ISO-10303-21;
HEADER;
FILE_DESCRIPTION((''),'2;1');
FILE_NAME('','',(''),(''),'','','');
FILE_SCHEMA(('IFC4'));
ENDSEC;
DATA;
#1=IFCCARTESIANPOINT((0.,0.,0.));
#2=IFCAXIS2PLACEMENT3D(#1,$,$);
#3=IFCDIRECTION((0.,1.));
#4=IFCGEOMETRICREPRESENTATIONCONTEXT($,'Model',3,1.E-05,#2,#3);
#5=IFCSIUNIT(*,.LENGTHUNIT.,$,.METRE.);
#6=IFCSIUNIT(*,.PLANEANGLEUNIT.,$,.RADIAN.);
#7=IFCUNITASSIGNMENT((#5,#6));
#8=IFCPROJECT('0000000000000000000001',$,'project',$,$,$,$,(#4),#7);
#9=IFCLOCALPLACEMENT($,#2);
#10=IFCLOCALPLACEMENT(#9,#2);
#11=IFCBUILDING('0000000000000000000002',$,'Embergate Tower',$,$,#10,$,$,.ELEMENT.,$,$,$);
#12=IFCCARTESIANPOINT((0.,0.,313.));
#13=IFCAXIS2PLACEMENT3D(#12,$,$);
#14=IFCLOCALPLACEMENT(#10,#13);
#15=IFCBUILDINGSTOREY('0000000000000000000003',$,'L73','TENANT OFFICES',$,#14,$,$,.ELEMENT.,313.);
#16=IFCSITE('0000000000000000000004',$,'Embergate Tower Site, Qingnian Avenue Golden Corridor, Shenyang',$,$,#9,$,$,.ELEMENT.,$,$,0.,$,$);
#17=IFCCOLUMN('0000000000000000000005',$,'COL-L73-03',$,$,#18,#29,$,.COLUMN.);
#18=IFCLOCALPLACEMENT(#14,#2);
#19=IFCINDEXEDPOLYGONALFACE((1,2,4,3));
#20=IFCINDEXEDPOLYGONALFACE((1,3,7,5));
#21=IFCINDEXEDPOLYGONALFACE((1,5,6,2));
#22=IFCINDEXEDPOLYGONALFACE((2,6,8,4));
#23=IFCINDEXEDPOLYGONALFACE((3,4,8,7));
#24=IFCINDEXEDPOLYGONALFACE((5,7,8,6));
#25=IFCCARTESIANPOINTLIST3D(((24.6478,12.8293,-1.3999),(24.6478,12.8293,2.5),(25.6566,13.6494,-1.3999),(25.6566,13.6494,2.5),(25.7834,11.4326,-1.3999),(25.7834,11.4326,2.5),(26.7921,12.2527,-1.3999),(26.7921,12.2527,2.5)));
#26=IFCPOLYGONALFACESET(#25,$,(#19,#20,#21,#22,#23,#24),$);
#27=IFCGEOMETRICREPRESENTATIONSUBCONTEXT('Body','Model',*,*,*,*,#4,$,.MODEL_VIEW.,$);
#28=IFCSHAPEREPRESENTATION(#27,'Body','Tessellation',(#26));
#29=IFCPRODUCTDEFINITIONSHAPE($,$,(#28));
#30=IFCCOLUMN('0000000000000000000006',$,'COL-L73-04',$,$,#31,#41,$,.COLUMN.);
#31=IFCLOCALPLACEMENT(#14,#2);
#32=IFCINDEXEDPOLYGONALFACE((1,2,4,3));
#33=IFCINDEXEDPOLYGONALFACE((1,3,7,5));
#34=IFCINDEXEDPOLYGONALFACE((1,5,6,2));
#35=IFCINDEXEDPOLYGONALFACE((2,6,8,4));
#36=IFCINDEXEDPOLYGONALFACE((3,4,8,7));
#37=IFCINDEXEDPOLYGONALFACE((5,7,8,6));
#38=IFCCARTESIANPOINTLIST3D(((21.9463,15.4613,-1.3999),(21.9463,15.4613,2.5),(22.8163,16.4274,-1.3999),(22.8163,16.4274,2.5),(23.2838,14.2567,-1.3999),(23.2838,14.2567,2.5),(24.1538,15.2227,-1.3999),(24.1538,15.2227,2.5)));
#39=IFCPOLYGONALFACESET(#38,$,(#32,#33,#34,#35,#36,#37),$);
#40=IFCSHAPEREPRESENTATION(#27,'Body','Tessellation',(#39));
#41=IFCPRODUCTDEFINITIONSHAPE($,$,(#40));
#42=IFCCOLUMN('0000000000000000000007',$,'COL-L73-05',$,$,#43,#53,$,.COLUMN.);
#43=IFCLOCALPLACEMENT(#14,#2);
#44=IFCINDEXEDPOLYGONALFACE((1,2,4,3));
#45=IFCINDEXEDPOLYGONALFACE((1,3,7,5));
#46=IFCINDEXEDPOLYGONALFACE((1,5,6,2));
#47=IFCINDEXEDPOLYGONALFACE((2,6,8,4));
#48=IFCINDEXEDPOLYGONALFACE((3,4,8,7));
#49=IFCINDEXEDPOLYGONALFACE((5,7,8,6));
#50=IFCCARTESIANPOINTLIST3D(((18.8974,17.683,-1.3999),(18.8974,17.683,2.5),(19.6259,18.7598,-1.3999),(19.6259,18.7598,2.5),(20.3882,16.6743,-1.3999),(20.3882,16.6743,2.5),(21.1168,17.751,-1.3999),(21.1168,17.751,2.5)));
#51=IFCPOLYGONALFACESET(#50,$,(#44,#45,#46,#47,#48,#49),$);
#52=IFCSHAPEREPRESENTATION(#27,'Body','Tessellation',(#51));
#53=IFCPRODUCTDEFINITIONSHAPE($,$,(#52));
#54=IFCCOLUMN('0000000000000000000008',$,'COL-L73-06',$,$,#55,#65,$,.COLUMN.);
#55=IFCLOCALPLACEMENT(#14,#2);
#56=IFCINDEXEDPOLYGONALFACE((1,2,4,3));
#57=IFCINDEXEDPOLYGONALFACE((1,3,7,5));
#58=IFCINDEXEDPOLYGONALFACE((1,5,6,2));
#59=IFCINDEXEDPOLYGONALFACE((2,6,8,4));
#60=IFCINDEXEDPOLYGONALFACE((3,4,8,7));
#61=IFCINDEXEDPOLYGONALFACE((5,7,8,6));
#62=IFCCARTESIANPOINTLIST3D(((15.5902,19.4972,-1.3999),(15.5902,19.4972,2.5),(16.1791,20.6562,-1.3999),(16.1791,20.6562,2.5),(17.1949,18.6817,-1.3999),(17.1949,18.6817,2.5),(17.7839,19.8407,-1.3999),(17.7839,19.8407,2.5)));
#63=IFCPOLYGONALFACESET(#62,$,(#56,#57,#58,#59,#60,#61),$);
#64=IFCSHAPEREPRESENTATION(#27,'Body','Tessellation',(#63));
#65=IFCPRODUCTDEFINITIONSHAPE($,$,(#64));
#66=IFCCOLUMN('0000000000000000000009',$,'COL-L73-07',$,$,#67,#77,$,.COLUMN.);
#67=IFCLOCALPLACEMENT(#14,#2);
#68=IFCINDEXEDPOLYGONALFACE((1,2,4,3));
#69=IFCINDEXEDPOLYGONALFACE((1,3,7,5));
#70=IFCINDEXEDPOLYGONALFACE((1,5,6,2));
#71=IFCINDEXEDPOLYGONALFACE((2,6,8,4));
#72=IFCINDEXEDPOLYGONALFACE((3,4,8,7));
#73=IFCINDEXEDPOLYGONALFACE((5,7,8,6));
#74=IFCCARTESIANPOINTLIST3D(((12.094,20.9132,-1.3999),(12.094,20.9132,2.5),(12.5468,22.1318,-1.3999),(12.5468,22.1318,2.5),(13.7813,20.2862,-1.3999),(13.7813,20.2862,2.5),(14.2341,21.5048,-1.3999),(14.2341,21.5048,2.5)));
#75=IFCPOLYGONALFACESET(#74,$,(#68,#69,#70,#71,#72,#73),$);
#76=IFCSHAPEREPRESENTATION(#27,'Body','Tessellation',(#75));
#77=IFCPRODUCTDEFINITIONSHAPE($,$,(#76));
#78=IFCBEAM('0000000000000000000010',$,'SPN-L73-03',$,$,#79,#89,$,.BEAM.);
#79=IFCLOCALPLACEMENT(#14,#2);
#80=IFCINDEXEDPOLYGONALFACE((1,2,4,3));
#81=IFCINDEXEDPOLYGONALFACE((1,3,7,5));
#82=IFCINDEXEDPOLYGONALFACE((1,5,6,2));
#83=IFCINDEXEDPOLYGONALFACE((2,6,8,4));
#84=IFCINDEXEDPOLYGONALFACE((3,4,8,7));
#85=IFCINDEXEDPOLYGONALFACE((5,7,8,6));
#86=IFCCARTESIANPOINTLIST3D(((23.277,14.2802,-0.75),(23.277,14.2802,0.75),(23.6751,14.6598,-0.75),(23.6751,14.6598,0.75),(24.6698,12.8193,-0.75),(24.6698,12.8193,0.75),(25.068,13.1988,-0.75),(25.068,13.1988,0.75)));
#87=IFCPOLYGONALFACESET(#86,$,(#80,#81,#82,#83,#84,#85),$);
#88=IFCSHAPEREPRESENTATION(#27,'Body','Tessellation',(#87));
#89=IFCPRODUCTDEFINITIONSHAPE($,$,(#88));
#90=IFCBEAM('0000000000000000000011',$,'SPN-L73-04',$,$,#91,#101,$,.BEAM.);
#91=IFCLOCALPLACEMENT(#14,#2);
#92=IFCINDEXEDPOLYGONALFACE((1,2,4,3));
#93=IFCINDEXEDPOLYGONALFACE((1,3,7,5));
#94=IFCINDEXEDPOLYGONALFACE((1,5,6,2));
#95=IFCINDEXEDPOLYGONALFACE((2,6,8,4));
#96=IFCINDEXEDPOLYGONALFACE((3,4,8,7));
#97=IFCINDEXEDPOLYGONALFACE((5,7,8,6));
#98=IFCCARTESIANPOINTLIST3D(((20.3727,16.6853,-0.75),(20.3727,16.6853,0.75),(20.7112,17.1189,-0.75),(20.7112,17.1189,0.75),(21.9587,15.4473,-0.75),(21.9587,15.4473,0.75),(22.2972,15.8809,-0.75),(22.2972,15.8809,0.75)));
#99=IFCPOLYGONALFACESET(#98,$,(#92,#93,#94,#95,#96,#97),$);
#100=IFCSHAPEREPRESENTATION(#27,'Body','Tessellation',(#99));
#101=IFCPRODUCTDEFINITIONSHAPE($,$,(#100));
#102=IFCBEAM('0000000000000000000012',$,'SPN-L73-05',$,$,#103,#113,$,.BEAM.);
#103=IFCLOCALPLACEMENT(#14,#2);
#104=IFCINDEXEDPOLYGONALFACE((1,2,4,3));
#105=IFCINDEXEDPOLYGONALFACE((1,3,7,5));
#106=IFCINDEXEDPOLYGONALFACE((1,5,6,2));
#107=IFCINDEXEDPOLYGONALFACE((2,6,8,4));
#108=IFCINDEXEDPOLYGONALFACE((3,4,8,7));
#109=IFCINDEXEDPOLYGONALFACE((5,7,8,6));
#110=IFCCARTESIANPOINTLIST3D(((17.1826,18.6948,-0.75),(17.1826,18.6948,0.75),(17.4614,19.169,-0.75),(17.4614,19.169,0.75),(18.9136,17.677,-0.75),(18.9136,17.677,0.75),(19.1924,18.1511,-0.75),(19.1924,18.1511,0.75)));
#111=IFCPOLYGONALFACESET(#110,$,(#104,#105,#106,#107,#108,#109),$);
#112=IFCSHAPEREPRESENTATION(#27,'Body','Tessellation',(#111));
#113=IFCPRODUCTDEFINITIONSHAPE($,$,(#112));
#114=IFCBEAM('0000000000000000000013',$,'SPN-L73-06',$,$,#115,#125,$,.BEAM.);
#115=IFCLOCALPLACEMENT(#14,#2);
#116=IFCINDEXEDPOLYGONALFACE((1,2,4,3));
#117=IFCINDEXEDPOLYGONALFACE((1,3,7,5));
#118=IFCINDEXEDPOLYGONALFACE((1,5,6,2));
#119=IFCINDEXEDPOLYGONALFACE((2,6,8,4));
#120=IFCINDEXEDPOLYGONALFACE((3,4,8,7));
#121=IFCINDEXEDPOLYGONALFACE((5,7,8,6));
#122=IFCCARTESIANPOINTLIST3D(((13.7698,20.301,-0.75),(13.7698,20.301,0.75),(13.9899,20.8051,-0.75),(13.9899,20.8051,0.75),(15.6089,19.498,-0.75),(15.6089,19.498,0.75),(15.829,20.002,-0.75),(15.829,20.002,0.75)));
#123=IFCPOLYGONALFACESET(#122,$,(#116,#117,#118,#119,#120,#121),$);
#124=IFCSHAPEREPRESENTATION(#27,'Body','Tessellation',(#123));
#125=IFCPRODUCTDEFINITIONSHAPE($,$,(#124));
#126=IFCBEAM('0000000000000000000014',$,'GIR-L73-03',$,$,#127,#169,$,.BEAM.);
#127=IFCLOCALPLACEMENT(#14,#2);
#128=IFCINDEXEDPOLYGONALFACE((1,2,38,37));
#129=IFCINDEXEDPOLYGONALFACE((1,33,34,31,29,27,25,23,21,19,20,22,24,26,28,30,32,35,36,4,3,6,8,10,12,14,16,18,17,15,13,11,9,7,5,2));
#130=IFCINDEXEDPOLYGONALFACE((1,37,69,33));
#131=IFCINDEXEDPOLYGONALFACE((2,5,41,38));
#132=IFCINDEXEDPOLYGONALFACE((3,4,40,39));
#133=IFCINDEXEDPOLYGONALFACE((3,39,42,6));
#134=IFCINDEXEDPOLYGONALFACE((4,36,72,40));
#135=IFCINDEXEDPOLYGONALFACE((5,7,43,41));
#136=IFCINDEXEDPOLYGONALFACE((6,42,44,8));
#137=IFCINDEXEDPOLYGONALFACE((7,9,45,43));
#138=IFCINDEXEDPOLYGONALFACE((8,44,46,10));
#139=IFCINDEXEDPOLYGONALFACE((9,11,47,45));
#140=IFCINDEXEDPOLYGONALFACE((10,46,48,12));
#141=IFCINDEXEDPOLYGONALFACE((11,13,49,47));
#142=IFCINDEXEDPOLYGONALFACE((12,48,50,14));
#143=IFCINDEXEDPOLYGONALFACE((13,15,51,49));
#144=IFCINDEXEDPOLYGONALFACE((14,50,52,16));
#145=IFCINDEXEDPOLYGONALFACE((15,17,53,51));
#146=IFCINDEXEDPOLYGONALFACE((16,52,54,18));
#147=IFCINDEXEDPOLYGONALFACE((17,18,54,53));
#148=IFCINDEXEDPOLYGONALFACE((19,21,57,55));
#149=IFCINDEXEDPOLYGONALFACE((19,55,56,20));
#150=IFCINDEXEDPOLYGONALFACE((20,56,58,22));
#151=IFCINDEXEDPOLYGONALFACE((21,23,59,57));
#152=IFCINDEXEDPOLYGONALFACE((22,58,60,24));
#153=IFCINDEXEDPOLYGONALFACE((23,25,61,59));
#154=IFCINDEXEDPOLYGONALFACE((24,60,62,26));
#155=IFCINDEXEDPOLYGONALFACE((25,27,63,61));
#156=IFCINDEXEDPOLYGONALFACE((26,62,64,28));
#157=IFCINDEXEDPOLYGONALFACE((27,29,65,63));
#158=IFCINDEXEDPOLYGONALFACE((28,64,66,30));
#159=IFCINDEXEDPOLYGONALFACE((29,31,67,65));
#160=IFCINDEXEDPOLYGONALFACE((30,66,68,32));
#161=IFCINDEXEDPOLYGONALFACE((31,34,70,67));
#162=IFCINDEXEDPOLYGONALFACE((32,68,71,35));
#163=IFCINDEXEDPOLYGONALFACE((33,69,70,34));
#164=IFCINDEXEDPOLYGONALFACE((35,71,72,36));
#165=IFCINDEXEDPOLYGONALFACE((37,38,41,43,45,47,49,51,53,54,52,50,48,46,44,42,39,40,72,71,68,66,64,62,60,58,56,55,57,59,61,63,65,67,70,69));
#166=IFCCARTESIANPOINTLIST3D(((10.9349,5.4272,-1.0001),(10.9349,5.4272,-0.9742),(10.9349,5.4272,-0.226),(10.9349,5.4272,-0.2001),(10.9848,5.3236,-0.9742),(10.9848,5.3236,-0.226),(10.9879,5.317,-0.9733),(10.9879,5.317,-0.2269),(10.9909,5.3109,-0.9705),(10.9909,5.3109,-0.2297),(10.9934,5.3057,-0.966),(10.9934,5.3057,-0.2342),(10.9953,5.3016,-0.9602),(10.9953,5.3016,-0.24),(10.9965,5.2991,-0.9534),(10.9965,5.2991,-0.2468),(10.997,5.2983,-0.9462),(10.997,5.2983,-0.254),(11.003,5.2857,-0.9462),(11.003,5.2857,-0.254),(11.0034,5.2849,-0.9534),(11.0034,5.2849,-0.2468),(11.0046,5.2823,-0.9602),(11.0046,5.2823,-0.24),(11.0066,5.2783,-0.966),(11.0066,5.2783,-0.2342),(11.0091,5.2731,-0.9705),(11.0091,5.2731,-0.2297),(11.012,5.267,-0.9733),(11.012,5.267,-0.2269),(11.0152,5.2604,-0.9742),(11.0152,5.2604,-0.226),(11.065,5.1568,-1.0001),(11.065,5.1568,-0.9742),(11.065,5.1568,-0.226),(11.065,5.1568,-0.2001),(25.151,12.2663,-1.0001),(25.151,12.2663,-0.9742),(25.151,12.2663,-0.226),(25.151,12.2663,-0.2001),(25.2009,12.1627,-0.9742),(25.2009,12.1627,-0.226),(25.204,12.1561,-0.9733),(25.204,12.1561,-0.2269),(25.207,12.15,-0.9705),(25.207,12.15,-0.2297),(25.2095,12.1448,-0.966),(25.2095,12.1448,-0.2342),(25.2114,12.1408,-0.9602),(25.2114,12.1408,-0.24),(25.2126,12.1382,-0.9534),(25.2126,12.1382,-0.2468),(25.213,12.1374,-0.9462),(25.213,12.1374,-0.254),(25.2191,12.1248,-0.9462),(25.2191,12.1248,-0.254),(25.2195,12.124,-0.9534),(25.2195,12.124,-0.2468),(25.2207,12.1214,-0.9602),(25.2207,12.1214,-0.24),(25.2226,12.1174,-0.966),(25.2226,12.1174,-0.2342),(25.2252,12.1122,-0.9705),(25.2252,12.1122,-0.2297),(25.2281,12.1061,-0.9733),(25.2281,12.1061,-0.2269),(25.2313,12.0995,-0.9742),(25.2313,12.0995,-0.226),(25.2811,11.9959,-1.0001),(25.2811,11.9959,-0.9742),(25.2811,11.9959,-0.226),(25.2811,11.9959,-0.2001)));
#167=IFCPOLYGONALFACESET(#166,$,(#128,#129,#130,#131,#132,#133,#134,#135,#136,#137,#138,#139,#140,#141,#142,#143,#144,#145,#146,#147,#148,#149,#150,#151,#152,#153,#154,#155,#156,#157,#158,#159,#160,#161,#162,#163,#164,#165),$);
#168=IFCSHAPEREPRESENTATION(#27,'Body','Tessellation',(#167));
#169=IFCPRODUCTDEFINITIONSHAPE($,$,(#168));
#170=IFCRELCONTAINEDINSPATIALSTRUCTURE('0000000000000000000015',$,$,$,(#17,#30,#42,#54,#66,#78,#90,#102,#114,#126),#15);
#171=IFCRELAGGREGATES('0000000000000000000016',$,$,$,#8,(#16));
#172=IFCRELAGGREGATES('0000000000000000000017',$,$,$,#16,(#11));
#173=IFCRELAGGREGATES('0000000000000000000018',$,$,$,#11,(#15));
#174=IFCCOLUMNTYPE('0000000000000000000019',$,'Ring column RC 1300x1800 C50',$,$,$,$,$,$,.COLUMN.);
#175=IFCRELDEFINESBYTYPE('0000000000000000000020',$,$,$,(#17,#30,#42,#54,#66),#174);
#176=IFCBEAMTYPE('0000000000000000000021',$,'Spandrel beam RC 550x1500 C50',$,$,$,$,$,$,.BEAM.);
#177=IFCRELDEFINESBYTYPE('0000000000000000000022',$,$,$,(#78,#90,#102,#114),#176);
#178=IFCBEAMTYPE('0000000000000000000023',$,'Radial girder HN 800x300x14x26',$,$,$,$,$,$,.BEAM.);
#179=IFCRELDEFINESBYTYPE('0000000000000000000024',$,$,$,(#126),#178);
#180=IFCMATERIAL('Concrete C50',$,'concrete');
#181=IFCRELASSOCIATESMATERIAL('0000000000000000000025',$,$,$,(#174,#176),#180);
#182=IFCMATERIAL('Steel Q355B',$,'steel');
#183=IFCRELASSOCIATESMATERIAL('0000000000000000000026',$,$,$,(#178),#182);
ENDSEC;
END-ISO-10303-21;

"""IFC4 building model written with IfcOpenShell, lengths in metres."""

from ifc_helpers import new_model, si_unit, direction, frame, origin, origin_2d, place, context, subcontext, project, spatial, rectangle, i_section, extrude, source, transform, mapped, material, material_profile, profile_set, type_object, element, save


model = new_model("IFC4")

# Units and contexts
model_context = context("Model", 3, precision=1e-05, world=origin(), true_north=direction((0.0, 1.0)))
body_context = subcontext(model_context, "Body", "Model", "MODEL_VIEW")
ifc_project = project(units=[si_unit("LENGTHUNIT", "METRE"), si_unit("PLANEANGLEUNIT", "RADIAN")], contexts=[model_context])

# Site, building, storey
site_placement = place(None, origin())
site = spatial("IfcSite", under=ifc_project, at=site_placement, Name="Embergate Tower Site, Qingnian Avenue Golden Corridor, Shenyang", CompositionType="ELEMENT", RefElevation=0.0)
building_placement = place(site_placement, origin())
building = spatial("IfcBuilding", under=site, at=building_placement, Name="Embergate Tower", CompositionType="ELEMENT")
storey_placement = place(building_placement, frame((0.0, 0.0, 313.0)))
storey = spatial("IfcBuildingStorey", under=building, at=storey_placement, Name="L73", Description="TENANT OFFICES", CompositionType="ELEMENT", Elevation=313.0)

# Columns
ifc_material_1 = material(Name="Concrete C50", Category="concrete")
ifc_material_profile_1 = material_profile(ifc_material_1, rectangle(XDim=1.3, YDim=1.8, at=origin_2d()), Name="RC 1300x1800")
ifc_profile_set_1 = profile_set([ifc_material_profile_1], Name="Concrete C50")
column_type = type_object("IfcColumnType", Name="Ring column RC 1300x1800 C50", PredefinedType="COLUMN", material=ifc_profile_set_1)
shared_shape_1 = source(origin(), body_context, "Body", "SweptSolid", [
    extrude(rectangle(XDim=1.3, YDim=1.8, at=origin_2d()), origin(), (0.0, 0.0, 1.0), 3.8999),
])
for number, where, z_axis, x_axis, name in (
    (1, (25.72, 12.541, -1.3999), (0.0, 0.0, 1.0), (0.775925, 0.630825, 0.0), "COL-L73-03"),
    (2, (23.05, 15.342, -1.3999), (0.0, 0.0, 1.0), (0.669221, 0.743063, 0.0), "COL-L73-04"),
    (3, (20.0071, 17.717, -1.3999), (0.0, 0.0, 1.0), (0.560393, 0.828227, 0.0), "COL-L73-05"),
    (4, (16.687, 19.6689, -1.3999), (0.0, 0.0, 1.0), (0.453011, 0.891505, 0.0), "COL-L73-06"),
    (5, (13.1641, 21.209, -1.3999), (0.0, 0.0, 1.0), (0.348343, 0.937367, 0.0), "COL-L73-07"),
):
    element("IfcColumn", number, at=place(storey_placement, frame(where, z_axis=z_axis, x_axis=x_axis)), inside=storey, type_object=column_type, Name=name, PredefinedType="COLUMN", context=body_context, shape_type="MappedRepresentation", body=[
        mapped(shared_shape_1, transform((0.0, 0.0, 0.0))),
    ])

# Beams
ifc_material_profile_2 = material_profile(ifc_material_1, rectangle(XDim=0.55, YDim=1.5, at=origin_2d()), Name="RC 550x1500")
ifc_profile_set_2 = profile_set([ifc_material_profile_2], Name="Concrete C50")
beam_type_1 = type_object("IfcBeamType", Name="Spandrel beam RC 550x1500 C50", PredefinedType="BEAM", material=ifc_profile_set_2)
shared_shape_2 = source(origin(), body_context, "Body", "SweptSolid", [
    extrude(rectangle(XDim=0.55, YDim=1.5, at=origin_2d()), origin(), (0.0, 0.0, 1.0), 2.0186),
])
beam_1_placement = place(storey_placement, frame((24.8689, 13.009, 0.0), z_axis=(-0.690033, 0.723778, 0.0), x_axis=(-0.723778, -0.690033, 0.0)))
element("IfcBeam", 6, at=beam_1_placement, inside=storey, type_object=beam_type_1, Name="SPN-L73-03", PredefinedType="BEAM", context=body_context, shape_type="MappedRepresentation", body=[
    mapped(shared_shape_2, transform((0.0, 0.0, 0.0))),
])
shared_shape_3 = source(origin(), body_context, "Body", "SweptSolid", [
    extrude(rectangle(XDim=0.55, YDim=1.5, at=origin_2d()), origin(), (0.0, 0.0, 1.0), 2.012),
])
beam_2_placement = place(storey_placement, frame((22.1279, 15.6641, 0.0), z_axis=(-0.78826, 0.615343, 0.0), x_axis=(-0.615343, -0.78826, 0.0)))
element("IfcBeam", 7, at=beam_2_placement, inside=storey, type_object=beam_type_1, Name="SPN-L73-04", PredefinedType="BEAM", context=body_context, shape_type="MappedRepresentation", body=[
    mapped(shared_shape_3, transform((0.0, 0.0, 0.0))),
])
shared_shape_4 = source(origin(), body_context, "Body", "SweptSolid", [
    extrude(rectangle(XDim=0.55, YDim=1.5, at=origin_2d()), origin(), (0.0, 0.0, 1.0), 2.0081),
])
beam_3_placement = place(storey_placement, frame((19.053, 17.9141, 0.0), z_axis=(-0.862019, 0.506877, 0.0), x_axis=(-0.506877, -0.862019, 0.0)))
element("IfcBeam", 8, at=beam_3_placement, inside=storey, type_object=beam_type_1, Name="SPN-L73-05", PredefinedType="BEAM", context=body_context, shape_type="MappedRepresentation", body=[
    mapped(shared_shape_4, transform((0.0, 0.0, 0.0))),
])
shared_shape_5 = source(origin(), body_context, "Body", "SweptSolid", [
    extrude(rectangle(XDim=0.55, YDim=1.5, at=origin_2d()), origin(), (0.0, 0.0, 1.0), 2.0068),
])
beam_4_placement = place(storey_placement, frame((15.719, 19.75, 0.0), z_axis=(-0.916456, 0.400136, 0.0), x_axis=(-0.400136, -0.916456, 0.0)))
element("IfcBeam", 9, at=beam_4_placement, inside=storey, type_object=beam_type_1, Name="SPN-L73-06", PredefinedType="BEAM", context=body_context, shape_type="MappedRepresentation", body=[
    mapped(shared_shape_5, transform((0.0, 0.0, 0.0))),
])
ifc_material_2 = material(Name="Steel Q355B", Category="steel")
ifc_material_profile_3 = material_profile(ifc_material_2, i_section(OverallWidth=0.3, OverallDepth=0.8, WebThickness=0.0139, FlangeThickness=0.0259, FilletRadius=0.0281, at=origin_2d()), Name="HN 800x300x14x26")
ifc_profile_set_3 = profile_set([ifc_material_profile_3], Name="Steel Q355 grade B")
beam_type_2 = type_object("IfcBeamType", Name="Radial girder HN 800x300x14x26", PredefinedType="BEAM", material=ifc_profile_set_3)
shared_shape_6 = source(origin(), body_context, "Body", "SweptSolid", [
    extrude(i_section(OverallWidth=0.3, OverallDepth=0.8, WebThickness=0.0139, FlangeThickness=0.0259, FilletRadius=0.0281, at=origin_2d()), origin(), (0.0, 0.0, 1.0), 15.7756),
])
beam_5_placement = place(storey_placement, frame((25.2161, 12.1311, -0.6001), z_axis=(-0.901142, -0.433524, 0.0), x_axis=(0.433524, -0.901142, 0.0)))
element("IfcBeam", 10, at=beam_5_placement, inside=storey, type_object=beam_type_2, Name="GIR-L73-03", PredefinedType="BEAM", context=body_context, shape_type="MappedRepresentation", body=[
    mapped(shared_shape_6, transform((0.0, 0.0, 0.0))),
])

save(model, "model.ifc")
